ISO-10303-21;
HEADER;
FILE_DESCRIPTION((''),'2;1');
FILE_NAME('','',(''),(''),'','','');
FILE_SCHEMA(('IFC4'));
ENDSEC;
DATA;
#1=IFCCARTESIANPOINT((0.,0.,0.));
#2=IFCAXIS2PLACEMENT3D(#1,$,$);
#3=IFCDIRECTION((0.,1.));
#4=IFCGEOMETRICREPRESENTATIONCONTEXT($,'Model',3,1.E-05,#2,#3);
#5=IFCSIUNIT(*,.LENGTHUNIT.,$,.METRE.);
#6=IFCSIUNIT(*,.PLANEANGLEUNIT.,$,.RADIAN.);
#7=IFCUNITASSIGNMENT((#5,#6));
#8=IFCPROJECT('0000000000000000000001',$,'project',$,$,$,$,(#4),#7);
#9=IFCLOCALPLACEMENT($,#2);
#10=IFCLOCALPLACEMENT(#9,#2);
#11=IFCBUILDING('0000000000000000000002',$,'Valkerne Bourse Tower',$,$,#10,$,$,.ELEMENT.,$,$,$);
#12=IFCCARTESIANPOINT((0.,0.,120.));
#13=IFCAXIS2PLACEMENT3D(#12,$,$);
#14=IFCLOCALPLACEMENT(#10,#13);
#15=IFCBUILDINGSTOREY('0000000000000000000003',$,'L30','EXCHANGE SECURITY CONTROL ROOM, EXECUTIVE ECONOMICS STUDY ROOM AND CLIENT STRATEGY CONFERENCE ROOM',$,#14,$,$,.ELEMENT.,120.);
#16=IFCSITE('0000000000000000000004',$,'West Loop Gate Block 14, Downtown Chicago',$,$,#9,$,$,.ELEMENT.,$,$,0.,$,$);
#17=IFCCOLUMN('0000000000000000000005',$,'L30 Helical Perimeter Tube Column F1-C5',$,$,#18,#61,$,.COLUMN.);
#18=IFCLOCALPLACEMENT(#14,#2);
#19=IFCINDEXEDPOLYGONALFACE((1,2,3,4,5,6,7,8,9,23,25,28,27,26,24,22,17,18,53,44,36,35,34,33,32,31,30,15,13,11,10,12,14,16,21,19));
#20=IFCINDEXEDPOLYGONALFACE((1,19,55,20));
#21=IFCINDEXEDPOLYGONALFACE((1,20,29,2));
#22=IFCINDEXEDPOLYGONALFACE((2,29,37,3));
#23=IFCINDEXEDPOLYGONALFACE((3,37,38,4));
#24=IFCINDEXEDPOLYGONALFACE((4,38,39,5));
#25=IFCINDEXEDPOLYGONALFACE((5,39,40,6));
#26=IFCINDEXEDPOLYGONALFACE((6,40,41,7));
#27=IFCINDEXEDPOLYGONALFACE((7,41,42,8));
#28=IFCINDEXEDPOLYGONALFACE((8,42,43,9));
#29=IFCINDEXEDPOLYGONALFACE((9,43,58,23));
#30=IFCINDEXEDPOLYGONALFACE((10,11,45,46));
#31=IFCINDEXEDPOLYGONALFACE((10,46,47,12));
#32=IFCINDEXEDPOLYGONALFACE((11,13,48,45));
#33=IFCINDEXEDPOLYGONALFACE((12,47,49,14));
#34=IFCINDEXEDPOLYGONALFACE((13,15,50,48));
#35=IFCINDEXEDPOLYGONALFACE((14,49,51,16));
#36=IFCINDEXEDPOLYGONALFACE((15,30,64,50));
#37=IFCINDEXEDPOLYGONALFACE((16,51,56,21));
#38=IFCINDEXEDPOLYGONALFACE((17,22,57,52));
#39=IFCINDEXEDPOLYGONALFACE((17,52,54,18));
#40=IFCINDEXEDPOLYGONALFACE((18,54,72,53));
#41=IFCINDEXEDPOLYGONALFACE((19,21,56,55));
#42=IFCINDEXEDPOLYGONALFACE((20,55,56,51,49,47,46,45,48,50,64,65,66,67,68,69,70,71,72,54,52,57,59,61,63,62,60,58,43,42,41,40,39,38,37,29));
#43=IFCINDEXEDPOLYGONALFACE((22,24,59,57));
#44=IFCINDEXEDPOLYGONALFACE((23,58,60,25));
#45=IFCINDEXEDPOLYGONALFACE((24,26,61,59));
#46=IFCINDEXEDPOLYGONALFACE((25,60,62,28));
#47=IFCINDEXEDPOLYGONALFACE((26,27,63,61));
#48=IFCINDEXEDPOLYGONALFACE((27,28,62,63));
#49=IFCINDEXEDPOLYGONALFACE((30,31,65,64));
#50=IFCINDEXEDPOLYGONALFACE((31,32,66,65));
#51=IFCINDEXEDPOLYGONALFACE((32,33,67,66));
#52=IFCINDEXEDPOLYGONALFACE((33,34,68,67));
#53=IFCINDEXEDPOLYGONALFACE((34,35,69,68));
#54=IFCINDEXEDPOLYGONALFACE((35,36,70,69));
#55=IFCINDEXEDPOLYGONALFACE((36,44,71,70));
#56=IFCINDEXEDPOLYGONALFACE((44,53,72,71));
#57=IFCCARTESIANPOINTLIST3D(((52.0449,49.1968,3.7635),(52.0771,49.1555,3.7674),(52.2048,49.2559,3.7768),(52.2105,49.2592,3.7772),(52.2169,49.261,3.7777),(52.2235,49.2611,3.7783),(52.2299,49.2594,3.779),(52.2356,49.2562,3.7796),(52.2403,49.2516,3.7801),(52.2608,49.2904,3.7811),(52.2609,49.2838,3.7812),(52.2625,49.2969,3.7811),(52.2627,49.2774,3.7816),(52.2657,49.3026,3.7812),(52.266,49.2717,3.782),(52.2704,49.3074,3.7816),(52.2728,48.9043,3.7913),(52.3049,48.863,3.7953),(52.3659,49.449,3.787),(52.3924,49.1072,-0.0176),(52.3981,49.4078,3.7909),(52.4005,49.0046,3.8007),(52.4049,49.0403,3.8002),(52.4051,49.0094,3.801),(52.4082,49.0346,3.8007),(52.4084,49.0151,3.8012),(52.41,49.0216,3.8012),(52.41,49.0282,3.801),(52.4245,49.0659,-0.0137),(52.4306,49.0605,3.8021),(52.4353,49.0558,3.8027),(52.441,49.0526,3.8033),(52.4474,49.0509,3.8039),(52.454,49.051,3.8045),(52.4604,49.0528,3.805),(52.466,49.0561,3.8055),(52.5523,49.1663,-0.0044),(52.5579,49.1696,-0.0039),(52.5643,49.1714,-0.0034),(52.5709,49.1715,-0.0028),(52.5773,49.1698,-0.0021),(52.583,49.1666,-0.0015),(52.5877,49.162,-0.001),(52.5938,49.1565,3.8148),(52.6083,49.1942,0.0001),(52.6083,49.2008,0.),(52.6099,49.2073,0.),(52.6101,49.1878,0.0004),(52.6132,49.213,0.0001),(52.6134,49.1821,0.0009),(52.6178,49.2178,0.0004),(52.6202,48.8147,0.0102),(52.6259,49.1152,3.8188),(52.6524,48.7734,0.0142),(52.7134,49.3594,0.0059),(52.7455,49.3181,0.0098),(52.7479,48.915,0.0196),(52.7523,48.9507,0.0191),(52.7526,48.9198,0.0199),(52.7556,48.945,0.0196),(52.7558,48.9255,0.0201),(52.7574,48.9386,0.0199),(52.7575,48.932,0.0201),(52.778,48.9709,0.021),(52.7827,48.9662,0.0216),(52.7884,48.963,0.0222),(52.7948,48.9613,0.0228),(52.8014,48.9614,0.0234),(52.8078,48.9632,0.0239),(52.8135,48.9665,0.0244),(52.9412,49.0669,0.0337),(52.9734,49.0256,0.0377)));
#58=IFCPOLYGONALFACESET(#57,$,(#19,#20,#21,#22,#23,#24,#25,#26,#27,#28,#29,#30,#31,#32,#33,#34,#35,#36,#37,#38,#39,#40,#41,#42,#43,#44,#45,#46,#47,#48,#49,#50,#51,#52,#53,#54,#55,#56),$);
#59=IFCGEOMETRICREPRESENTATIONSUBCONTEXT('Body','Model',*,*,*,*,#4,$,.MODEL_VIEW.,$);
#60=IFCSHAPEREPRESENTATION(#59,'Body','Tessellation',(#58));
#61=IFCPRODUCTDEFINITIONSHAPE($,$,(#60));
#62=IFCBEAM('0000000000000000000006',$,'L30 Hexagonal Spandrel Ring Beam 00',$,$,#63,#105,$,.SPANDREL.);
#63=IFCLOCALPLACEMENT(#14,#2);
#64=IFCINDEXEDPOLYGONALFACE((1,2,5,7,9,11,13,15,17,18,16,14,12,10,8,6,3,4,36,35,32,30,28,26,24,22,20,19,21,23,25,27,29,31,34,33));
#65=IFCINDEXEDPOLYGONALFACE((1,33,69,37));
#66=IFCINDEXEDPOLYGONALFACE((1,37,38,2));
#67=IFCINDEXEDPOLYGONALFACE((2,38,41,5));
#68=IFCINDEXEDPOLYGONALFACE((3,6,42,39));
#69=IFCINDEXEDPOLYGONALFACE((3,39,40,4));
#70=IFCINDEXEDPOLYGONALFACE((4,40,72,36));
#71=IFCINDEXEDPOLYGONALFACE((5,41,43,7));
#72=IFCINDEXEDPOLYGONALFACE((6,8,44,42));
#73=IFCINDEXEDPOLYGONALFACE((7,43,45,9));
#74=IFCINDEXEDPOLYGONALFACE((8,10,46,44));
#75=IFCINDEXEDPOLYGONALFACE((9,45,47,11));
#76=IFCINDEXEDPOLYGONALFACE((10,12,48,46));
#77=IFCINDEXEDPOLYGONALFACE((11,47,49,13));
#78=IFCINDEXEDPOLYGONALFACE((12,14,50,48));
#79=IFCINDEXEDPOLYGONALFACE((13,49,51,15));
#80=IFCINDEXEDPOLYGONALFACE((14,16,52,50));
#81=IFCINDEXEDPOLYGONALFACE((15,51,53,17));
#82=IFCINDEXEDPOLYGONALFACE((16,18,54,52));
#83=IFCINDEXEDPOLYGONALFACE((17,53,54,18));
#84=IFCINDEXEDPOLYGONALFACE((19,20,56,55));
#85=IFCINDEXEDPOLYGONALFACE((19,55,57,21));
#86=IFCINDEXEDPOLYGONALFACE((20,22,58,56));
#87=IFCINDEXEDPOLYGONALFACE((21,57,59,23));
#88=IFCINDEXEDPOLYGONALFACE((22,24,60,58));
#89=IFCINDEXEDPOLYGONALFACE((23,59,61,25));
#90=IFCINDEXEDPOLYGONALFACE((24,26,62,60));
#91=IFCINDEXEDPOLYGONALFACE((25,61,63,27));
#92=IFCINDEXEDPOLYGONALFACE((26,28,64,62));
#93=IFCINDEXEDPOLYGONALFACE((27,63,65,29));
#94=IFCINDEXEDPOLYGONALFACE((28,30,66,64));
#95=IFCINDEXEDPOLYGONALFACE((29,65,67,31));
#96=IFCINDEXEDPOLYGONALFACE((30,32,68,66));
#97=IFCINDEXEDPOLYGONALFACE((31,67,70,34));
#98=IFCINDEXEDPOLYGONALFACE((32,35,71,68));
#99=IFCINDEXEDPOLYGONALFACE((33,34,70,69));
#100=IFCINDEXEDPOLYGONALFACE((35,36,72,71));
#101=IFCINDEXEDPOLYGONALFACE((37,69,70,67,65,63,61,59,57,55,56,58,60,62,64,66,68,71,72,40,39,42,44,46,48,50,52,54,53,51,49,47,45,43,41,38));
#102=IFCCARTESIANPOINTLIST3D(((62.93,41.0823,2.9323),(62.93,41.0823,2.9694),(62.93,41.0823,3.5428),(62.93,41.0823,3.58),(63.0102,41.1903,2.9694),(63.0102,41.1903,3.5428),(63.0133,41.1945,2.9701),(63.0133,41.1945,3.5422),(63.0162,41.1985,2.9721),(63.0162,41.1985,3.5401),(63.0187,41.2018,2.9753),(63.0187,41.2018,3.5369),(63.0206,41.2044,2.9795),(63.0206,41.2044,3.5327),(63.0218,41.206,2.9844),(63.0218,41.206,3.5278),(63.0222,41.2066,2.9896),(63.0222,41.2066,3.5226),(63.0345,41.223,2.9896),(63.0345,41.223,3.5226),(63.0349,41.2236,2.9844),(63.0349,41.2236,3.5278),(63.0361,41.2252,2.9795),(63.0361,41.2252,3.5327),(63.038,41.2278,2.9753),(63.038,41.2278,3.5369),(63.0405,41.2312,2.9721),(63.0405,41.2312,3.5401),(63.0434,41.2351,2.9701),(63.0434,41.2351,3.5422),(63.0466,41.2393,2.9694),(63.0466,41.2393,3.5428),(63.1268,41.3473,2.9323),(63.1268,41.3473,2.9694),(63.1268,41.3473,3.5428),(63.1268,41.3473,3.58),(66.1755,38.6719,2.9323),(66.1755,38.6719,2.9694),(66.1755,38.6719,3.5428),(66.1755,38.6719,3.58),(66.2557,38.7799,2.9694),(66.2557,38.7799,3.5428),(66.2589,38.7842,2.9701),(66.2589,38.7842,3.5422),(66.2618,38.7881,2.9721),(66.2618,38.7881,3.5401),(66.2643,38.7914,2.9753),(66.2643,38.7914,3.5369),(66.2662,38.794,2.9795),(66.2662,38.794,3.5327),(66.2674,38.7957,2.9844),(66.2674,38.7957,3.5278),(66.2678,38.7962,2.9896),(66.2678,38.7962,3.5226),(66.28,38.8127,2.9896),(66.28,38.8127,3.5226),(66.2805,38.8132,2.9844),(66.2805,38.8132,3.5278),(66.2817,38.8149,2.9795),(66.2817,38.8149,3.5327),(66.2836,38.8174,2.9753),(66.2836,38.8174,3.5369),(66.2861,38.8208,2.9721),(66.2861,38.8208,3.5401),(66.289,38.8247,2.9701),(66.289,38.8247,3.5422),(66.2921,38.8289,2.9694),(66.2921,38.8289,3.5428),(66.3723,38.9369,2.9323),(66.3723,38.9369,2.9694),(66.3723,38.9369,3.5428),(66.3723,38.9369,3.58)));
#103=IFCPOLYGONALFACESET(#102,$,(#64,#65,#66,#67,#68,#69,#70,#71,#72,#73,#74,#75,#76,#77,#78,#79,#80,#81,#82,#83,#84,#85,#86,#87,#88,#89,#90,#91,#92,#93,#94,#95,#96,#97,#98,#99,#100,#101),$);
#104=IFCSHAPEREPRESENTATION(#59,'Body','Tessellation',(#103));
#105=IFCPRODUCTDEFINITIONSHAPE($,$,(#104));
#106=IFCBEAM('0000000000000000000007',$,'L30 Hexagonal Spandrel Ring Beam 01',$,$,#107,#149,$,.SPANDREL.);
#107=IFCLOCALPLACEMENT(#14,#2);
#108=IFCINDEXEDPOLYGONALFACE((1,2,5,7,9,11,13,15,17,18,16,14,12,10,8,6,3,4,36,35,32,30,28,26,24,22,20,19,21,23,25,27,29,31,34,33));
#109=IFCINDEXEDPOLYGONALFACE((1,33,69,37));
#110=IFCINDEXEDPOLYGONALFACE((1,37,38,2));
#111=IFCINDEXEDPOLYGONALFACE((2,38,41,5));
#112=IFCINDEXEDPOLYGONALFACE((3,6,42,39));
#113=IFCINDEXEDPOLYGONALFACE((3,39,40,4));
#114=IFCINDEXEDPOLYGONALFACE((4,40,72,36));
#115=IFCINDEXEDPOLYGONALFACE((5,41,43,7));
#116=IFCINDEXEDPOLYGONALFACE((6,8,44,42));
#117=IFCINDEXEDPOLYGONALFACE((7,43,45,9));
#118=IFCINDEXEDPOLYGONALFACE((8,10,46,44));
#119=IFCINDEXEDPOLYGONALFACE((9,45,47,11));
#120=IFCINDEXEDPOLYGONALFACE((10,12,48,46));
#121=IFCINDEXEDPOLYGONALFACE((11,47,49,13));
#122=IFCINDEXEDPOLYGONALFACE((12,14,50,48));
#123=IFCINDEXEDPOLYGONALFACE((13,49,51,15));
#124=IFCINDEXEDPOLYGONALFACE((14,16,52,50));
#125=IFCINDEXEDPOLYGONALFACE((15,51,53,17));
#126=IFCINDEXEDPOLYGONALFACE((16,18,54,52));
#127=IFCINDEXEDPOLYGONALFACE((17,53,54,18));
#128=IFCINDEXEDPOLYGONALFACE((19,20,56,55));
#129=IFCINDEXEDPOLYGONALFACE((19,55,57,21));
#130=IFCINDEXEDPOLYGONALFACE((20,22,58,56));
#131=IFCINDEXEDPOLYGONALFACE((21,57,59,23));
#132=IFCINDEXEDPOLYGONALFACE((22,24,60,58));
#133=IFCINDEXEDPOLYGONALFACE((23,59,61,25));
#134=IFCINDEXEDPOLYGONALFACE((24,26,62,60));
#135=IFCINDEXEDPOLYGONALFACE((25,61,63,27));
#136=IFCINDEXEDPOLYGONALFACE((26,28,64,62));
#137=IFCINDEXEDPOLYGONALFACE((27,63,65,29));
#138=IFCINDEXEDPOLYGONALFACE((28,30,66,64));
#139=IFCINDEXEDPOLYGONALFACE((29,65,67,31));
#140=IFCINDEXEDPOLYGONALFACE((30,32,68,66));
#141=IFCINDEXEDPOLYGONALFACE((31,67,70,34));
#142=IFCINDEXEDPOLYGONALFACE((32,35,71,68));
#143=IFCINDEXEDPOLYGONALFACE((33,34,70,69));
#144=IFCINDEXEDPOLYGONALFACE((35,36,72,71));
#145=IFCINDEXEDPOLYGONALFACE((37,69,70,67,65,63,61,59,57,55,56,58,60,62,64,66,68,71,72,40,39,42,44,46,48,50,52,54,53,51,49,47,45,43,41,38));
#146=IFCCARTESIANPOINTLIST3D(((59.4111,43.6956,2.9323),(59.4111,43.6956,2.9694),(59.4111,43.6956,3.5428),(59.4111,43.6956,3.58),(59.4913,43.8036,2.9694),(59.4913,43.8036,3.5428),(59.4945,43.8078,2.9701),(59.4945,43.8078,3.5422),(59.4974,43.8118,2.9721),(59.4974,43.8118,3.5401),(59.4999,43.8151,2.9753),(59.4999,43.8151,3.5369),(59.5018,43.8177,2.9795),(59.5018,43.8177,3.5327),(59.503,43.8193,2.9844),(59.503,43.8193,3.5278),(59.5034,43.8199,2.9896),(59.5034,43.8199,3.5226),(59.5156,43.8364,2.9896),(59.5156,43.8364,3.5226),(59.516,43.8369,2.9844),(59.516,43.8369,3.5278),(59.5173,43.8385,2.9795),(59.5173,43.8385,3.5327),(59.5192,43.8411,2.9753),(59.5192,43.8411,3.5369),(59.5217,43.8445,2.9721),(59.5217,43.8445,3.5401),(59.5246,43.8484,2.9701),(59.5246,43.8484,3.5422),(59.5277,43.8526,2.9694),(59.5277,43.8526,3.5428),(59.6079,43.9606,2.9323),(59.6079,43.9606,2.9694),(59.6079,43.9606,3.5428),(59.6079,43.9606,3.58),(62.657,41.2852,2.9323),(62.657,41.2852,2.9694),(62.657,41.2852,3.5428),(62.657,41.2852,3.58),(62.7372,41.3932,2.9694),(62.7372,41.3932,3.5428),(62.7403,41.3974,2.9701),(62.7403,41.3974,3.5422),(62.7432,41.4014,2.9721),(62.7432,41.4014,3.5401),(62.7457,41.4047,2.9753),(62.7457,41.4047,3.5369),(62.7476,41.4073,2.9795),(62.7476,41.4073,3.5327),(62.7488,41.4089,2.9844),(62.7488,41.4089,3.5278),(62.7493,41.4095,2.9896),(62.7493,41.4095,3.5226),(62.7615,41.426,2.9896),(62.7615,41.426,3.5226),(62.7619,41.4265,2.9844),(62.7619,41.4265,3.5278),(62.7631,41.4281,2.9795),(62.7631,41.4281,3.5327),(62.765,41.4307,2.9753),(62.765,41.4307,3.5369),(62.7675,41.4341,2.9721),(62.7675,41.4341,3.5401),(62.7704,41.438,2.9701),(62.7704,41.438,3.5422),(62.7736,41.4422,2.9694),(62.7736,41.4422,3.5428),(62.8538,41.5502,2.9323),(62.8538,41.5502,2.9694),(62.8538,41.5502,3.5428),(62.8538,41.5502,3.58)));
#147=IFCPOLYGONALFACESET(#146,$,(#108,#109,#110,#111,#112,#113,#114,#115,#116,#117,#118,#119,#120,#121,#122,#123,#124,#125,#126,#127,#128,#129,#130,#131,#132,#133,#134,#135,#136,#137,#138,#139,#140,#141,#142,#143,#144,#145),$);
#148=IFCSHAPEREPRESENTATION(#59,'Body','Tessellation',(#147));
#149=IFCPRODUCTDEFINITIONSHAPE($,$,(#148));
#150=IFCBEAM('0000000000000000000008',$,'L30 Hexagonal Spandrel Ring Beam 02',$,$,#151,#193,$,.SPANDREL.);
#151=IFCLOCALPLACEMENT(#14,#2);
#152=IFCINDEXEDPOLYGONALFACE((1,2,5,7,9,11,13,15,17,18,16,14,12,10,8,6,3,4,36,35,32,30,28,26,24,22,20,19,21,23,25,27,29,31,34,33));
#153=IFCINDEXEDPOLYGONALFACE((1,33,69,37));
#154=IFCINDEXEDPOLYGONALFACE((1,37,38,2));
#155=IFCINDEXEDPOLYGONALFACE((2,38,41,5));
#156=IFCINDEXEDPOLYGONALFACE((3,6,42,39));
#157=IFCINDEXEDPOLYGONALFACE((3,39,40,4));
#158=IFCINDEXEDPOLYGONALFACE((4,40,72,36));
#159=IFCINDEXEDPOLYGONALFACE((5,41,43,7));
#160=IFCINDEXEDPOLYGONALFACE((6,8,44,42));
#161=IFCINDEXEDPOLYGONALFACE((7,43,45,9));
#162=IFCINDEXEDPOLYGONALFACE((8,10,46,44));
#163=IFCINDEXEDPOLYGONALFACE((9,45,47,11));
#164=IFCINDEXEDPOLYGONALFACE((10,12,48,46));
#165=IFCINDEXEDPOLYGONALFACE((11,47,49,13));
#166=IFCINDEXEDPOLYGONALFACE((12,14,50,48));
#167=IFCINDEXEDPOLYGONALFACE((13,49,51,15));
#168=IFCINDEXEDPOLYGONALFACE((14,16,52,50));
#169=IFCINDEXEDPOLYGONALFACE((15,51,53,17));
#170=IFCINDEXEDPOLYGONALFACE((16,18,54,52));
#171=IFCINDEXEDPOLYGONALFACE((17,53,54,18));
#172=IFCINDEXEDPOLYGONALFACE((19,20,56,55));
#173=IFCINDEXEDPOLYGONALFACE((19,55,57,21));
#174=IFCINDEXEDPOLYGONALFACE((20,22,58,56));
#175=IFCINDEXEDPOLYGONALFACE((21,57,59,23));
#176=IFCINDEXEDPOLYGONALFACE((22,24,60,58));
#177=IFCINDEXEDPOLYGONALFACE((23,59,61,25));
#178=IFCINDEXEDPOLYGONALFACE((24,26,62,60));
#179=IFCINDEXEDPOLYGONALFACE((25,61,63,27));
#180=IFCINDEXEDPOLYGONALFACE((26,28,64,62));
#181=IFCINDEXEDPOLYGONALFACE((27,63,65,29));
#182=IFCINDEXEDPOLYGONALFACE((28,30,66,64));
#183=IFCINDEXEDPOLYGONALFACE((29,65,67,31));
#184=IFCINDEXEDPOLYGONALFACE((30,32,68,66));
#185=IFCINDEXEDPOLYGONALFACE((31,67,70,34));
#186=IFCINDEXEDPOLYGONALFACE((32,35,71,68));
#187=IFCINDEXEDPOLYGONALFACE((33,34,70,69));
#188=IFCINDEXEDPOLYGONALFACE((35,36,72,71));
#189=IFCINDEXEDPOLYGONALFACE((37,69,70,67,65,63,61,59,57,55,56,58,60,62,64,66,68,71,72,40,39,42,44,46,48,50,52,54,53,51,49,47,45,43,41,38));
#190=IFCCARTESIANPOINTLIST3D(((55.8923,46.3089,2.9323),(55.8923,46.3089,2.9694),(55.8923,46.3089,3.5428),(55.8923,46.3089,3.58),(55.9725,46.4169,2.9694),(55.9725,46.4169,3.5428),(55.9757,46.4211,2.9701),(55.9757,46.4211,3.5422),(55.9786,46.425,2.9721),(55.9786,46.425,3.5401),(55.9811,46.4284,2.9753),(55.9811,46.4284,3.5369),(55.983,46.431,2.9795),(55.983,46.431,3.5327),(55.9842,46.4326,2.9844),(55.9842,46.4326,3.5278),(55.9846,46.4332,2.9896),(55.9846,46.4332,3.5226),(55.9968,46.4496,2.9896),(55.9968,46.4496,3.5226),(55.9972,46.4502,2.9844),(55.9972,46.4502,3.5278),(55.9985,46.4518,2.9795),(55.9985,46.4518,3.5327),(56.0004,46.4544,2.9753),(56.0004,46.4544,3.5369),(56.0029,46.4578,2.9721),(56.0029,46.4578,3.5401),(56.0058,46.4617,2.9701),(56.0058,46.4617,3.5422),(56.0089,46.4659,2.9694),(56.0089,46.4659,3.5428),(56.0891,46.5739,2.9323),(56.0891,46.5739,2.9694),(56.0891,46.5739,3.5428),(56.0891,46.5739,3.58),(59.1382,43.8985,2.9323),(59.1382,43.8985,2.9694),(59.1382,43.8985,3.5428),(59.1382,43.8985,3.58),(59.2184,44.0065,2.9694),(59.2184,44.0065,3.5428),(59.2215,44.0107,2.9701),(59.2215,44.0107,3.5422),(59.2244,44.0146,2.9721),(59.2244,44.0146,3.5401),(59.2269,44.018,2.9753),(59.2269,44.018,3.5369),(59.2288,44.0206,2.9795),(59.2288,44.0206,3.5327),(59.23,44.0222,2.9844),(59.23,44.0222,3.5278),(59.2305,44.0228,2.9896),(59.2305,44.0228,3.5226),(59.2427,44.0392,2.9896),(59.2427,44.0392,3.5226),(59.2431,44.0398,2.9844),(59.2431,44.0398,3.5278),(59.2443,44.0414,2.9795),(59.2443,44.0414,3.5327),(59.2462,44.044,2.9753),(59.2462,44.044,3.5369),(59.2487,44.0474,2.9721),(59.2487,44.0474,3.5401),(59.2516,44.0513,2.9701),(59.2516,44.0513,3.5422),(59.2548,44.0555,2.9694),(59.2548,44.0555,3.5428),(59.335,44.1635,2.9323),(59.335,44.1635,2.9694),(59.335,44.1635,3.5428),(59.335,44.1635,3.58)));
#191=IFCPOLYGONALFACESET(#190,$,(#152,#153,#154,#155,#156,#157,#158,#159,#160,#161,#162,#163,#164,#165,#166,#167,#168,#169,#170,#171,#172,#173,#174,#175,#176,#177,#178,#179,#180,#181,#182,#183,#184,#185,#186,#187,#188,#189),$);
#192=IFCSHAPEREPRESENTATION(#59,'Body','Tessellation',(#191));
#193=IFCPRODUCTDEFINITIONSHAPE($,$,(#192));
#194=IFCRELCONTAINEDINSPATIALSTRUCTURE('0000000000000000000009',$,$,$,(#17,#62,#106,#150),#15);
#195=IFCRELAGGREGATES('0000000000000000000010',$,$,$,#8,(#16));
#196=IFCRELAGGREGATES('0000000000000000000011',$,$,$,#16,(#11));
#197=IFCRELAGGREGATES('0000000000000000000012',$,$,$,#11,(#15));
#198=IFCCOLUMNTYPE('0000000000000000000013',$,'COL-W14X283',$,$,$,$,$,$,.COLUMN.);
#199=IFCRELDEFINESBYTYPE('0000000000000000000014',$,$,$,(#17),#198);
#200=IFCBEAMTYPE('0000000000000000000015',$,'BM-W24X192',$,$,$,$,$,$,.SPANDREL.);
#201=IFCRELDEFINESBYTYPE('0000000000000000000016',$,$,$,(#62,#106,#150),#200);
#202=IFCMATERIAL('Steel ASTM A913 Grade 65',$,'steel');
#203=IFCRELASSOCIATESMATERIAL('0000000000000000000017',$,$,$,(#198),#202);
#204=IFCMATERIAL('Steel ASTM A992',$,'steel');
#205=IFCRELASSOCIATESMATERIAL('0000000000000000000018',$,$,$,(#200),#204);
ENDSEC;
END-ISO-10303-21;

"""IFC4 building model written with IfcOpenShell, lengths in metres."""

from ifc_helpers import new_model, si_unit, direction, frame, origin, origin_2d, place, context, subcontext, project, spatial, i_section, extrude, material, material_profile, profile_set, type_object, element, save


model = new_model("IFC4")

# Units and contexts
model_context = context("Model", 3, precision=1e-05, world=origin(), true_north=direction((0.0, 1.0)))
body_context = subcontext(model_context, "Body", "Model", "MODEL_VIEW")
ifc_project = project(units=[si_unit("LENGTHUNIT", "METRE"), si_unit("PLANEANGLEUNIT", "RADIAN")], contexts=[model_context])

# Site, building, storey
site_placement = place(None, origin())
site = spatial("IfcSite", under=ifc_project, at=site_placement, Name="West Loop Gate Block 14, Downtown Chicago", CompositionType="ELEMENT", RefElevation=0.0)
building_placement = place(site_placement, origin())
building = spatial("IfcBuilding", under=site, at=building_placement, Name="Valkerne Bourse Tower", CompositionType="ELEMENT")
storey_placement = place(building_placement, frame((0.0, 0.0, 120.0)))
storey = spatial("IfcBuildingStorey", under=building, at=storey_placement, Name="L30", Description="EXCHANGE SECURITY CONTROL ROOM, EXECUTIVE ECONOMICS STUDY ROOM AND CLIENT STRATEGY CONFERENCE ROOM", CompositionType="ELEMENT", Elevation=120.0)

# Column
ifc_material_1 = material(Name="Steel ASTM A913 Grade 65", Category="steel")
ifc_material_profile_1 = material_profile(ifc_material_1, i_section(OverallWidth=0.4089, OverallDepth=0.4243, WebThickness=0.0327, FlangeThickness=0.0525, FilletRadius=0.0254, at=origin_2d()), Name="W14X283")
ifc_profile_set_1 = profile_set([ifc_material_profile_1], Name="Steel ASTM A913 Grade 65")
column_type = type_object("IfcColumnType", Name="COL-W14X283", PredefinedType="COLUMN", material=ifc_profile_set_1)
column_1_placement = place(storey_placement, frame((52.6829, 49.0664, 0.01), z_axis=(-0.091473, 0.023591, 0.995528), x_axis=(0.784964, 0.616867, 0.057507)))
element("IfcColumn", 1, at=column_1_placement, inside=storey, type_object=column_type, Name="L30 Helical Perimeter Tube Column F1-C5", PredefinedType="COLUMN", context=body_context, shape_type="SweptSolid", body=[
    extrude(i_section(OverallWidth=0.4089, OverallDepth=0.4243, WebThickness=0.0327, FlangeThickness=0.0525, FilletRadius=0.0254, at=origin_2d()), origin(), (0.0, 0.0, 1.0), 3.7981),
])

# Beams
ifc_material_2 = material(Name="Steel ASTM A992", Category="steel")
ifc_material_profile_2 = material_profile(ifc_material_2, i_section(OverallWidth=0.3301, OverallDepth=0.6477, WebThickness=0.0205, FlangeThickness=0.0371, FilletRadius=0.0203, at=origin_2d()), Name="W24X192")
ifc_profile_set_2 = profile_set([ifc_material_profile_2], Name="Steel ASTM A992")
beam_type = type_object("IfcBeamType", Name="BM-W24X192", PredefinedType="SPANDREL", material=ifc_profile_set_2)
beam_1_placement = place(storey_placement, frame((66.2739, 38.8044, 3.2561), z_axis=(-0.802817, 0.596225, 0.0), x_axis=(-0.596225, -0.802817, 0.0)))
element("IfcBeam", 2, at=beam_1_placement, inside=storey, type_object=beam_type, Name="L30 Hexagonal Spandrel Ring Beam 00", PredefinedType="SPANDREL", context=body_context, shape_type="SweptSolid", body=[
    extrude(i_section(OverallWidth=0.3301, OverallDepth=0.6477, WebThickness=0.0205, FlangeThickness=0.0371, FilletRadius=0.0203, at=origin_2d()), origin(), (0.0, 0.0, 1.0), 4.0427),
])
for number, where, z_axis, x_axis, name in (
    (3, (62.7554, 41.4177, 3.2561), (-0.802839, 0.596196, 0.0), (-0.596196, -0.802839, 0.0), "L30 Hexagonal Spandrel Ring Beam 01"),
    (4, (59.2366, 44.031, 3.2561), (-0.802839, 0.596196, 0.0), (-0.596196, -0.802839, 0.0), "L30 Hexagonal Spandrel Ring Beam 02"),
):
    element("IfcBeam", number, at=place(storey_placement, frame(where, z_axis=z_axis, x_axis=x_axis)), inside=storey, type_object=beam_type, Name=name, PredefinedType="SPANDREL", context=body_context, shape_type="SweptSolid", body=[
        extrude(i_section(OverallWidth=0.3301, OverallDepth=0.6477, WebThickness=0.0205, FlangeThickness=0.0371, FilletRadius=0.0203, at=origin_2d()), origin(), (0.0, 0.0, 1.0), 4.043),
    ])

save(model, "model.ifc")
